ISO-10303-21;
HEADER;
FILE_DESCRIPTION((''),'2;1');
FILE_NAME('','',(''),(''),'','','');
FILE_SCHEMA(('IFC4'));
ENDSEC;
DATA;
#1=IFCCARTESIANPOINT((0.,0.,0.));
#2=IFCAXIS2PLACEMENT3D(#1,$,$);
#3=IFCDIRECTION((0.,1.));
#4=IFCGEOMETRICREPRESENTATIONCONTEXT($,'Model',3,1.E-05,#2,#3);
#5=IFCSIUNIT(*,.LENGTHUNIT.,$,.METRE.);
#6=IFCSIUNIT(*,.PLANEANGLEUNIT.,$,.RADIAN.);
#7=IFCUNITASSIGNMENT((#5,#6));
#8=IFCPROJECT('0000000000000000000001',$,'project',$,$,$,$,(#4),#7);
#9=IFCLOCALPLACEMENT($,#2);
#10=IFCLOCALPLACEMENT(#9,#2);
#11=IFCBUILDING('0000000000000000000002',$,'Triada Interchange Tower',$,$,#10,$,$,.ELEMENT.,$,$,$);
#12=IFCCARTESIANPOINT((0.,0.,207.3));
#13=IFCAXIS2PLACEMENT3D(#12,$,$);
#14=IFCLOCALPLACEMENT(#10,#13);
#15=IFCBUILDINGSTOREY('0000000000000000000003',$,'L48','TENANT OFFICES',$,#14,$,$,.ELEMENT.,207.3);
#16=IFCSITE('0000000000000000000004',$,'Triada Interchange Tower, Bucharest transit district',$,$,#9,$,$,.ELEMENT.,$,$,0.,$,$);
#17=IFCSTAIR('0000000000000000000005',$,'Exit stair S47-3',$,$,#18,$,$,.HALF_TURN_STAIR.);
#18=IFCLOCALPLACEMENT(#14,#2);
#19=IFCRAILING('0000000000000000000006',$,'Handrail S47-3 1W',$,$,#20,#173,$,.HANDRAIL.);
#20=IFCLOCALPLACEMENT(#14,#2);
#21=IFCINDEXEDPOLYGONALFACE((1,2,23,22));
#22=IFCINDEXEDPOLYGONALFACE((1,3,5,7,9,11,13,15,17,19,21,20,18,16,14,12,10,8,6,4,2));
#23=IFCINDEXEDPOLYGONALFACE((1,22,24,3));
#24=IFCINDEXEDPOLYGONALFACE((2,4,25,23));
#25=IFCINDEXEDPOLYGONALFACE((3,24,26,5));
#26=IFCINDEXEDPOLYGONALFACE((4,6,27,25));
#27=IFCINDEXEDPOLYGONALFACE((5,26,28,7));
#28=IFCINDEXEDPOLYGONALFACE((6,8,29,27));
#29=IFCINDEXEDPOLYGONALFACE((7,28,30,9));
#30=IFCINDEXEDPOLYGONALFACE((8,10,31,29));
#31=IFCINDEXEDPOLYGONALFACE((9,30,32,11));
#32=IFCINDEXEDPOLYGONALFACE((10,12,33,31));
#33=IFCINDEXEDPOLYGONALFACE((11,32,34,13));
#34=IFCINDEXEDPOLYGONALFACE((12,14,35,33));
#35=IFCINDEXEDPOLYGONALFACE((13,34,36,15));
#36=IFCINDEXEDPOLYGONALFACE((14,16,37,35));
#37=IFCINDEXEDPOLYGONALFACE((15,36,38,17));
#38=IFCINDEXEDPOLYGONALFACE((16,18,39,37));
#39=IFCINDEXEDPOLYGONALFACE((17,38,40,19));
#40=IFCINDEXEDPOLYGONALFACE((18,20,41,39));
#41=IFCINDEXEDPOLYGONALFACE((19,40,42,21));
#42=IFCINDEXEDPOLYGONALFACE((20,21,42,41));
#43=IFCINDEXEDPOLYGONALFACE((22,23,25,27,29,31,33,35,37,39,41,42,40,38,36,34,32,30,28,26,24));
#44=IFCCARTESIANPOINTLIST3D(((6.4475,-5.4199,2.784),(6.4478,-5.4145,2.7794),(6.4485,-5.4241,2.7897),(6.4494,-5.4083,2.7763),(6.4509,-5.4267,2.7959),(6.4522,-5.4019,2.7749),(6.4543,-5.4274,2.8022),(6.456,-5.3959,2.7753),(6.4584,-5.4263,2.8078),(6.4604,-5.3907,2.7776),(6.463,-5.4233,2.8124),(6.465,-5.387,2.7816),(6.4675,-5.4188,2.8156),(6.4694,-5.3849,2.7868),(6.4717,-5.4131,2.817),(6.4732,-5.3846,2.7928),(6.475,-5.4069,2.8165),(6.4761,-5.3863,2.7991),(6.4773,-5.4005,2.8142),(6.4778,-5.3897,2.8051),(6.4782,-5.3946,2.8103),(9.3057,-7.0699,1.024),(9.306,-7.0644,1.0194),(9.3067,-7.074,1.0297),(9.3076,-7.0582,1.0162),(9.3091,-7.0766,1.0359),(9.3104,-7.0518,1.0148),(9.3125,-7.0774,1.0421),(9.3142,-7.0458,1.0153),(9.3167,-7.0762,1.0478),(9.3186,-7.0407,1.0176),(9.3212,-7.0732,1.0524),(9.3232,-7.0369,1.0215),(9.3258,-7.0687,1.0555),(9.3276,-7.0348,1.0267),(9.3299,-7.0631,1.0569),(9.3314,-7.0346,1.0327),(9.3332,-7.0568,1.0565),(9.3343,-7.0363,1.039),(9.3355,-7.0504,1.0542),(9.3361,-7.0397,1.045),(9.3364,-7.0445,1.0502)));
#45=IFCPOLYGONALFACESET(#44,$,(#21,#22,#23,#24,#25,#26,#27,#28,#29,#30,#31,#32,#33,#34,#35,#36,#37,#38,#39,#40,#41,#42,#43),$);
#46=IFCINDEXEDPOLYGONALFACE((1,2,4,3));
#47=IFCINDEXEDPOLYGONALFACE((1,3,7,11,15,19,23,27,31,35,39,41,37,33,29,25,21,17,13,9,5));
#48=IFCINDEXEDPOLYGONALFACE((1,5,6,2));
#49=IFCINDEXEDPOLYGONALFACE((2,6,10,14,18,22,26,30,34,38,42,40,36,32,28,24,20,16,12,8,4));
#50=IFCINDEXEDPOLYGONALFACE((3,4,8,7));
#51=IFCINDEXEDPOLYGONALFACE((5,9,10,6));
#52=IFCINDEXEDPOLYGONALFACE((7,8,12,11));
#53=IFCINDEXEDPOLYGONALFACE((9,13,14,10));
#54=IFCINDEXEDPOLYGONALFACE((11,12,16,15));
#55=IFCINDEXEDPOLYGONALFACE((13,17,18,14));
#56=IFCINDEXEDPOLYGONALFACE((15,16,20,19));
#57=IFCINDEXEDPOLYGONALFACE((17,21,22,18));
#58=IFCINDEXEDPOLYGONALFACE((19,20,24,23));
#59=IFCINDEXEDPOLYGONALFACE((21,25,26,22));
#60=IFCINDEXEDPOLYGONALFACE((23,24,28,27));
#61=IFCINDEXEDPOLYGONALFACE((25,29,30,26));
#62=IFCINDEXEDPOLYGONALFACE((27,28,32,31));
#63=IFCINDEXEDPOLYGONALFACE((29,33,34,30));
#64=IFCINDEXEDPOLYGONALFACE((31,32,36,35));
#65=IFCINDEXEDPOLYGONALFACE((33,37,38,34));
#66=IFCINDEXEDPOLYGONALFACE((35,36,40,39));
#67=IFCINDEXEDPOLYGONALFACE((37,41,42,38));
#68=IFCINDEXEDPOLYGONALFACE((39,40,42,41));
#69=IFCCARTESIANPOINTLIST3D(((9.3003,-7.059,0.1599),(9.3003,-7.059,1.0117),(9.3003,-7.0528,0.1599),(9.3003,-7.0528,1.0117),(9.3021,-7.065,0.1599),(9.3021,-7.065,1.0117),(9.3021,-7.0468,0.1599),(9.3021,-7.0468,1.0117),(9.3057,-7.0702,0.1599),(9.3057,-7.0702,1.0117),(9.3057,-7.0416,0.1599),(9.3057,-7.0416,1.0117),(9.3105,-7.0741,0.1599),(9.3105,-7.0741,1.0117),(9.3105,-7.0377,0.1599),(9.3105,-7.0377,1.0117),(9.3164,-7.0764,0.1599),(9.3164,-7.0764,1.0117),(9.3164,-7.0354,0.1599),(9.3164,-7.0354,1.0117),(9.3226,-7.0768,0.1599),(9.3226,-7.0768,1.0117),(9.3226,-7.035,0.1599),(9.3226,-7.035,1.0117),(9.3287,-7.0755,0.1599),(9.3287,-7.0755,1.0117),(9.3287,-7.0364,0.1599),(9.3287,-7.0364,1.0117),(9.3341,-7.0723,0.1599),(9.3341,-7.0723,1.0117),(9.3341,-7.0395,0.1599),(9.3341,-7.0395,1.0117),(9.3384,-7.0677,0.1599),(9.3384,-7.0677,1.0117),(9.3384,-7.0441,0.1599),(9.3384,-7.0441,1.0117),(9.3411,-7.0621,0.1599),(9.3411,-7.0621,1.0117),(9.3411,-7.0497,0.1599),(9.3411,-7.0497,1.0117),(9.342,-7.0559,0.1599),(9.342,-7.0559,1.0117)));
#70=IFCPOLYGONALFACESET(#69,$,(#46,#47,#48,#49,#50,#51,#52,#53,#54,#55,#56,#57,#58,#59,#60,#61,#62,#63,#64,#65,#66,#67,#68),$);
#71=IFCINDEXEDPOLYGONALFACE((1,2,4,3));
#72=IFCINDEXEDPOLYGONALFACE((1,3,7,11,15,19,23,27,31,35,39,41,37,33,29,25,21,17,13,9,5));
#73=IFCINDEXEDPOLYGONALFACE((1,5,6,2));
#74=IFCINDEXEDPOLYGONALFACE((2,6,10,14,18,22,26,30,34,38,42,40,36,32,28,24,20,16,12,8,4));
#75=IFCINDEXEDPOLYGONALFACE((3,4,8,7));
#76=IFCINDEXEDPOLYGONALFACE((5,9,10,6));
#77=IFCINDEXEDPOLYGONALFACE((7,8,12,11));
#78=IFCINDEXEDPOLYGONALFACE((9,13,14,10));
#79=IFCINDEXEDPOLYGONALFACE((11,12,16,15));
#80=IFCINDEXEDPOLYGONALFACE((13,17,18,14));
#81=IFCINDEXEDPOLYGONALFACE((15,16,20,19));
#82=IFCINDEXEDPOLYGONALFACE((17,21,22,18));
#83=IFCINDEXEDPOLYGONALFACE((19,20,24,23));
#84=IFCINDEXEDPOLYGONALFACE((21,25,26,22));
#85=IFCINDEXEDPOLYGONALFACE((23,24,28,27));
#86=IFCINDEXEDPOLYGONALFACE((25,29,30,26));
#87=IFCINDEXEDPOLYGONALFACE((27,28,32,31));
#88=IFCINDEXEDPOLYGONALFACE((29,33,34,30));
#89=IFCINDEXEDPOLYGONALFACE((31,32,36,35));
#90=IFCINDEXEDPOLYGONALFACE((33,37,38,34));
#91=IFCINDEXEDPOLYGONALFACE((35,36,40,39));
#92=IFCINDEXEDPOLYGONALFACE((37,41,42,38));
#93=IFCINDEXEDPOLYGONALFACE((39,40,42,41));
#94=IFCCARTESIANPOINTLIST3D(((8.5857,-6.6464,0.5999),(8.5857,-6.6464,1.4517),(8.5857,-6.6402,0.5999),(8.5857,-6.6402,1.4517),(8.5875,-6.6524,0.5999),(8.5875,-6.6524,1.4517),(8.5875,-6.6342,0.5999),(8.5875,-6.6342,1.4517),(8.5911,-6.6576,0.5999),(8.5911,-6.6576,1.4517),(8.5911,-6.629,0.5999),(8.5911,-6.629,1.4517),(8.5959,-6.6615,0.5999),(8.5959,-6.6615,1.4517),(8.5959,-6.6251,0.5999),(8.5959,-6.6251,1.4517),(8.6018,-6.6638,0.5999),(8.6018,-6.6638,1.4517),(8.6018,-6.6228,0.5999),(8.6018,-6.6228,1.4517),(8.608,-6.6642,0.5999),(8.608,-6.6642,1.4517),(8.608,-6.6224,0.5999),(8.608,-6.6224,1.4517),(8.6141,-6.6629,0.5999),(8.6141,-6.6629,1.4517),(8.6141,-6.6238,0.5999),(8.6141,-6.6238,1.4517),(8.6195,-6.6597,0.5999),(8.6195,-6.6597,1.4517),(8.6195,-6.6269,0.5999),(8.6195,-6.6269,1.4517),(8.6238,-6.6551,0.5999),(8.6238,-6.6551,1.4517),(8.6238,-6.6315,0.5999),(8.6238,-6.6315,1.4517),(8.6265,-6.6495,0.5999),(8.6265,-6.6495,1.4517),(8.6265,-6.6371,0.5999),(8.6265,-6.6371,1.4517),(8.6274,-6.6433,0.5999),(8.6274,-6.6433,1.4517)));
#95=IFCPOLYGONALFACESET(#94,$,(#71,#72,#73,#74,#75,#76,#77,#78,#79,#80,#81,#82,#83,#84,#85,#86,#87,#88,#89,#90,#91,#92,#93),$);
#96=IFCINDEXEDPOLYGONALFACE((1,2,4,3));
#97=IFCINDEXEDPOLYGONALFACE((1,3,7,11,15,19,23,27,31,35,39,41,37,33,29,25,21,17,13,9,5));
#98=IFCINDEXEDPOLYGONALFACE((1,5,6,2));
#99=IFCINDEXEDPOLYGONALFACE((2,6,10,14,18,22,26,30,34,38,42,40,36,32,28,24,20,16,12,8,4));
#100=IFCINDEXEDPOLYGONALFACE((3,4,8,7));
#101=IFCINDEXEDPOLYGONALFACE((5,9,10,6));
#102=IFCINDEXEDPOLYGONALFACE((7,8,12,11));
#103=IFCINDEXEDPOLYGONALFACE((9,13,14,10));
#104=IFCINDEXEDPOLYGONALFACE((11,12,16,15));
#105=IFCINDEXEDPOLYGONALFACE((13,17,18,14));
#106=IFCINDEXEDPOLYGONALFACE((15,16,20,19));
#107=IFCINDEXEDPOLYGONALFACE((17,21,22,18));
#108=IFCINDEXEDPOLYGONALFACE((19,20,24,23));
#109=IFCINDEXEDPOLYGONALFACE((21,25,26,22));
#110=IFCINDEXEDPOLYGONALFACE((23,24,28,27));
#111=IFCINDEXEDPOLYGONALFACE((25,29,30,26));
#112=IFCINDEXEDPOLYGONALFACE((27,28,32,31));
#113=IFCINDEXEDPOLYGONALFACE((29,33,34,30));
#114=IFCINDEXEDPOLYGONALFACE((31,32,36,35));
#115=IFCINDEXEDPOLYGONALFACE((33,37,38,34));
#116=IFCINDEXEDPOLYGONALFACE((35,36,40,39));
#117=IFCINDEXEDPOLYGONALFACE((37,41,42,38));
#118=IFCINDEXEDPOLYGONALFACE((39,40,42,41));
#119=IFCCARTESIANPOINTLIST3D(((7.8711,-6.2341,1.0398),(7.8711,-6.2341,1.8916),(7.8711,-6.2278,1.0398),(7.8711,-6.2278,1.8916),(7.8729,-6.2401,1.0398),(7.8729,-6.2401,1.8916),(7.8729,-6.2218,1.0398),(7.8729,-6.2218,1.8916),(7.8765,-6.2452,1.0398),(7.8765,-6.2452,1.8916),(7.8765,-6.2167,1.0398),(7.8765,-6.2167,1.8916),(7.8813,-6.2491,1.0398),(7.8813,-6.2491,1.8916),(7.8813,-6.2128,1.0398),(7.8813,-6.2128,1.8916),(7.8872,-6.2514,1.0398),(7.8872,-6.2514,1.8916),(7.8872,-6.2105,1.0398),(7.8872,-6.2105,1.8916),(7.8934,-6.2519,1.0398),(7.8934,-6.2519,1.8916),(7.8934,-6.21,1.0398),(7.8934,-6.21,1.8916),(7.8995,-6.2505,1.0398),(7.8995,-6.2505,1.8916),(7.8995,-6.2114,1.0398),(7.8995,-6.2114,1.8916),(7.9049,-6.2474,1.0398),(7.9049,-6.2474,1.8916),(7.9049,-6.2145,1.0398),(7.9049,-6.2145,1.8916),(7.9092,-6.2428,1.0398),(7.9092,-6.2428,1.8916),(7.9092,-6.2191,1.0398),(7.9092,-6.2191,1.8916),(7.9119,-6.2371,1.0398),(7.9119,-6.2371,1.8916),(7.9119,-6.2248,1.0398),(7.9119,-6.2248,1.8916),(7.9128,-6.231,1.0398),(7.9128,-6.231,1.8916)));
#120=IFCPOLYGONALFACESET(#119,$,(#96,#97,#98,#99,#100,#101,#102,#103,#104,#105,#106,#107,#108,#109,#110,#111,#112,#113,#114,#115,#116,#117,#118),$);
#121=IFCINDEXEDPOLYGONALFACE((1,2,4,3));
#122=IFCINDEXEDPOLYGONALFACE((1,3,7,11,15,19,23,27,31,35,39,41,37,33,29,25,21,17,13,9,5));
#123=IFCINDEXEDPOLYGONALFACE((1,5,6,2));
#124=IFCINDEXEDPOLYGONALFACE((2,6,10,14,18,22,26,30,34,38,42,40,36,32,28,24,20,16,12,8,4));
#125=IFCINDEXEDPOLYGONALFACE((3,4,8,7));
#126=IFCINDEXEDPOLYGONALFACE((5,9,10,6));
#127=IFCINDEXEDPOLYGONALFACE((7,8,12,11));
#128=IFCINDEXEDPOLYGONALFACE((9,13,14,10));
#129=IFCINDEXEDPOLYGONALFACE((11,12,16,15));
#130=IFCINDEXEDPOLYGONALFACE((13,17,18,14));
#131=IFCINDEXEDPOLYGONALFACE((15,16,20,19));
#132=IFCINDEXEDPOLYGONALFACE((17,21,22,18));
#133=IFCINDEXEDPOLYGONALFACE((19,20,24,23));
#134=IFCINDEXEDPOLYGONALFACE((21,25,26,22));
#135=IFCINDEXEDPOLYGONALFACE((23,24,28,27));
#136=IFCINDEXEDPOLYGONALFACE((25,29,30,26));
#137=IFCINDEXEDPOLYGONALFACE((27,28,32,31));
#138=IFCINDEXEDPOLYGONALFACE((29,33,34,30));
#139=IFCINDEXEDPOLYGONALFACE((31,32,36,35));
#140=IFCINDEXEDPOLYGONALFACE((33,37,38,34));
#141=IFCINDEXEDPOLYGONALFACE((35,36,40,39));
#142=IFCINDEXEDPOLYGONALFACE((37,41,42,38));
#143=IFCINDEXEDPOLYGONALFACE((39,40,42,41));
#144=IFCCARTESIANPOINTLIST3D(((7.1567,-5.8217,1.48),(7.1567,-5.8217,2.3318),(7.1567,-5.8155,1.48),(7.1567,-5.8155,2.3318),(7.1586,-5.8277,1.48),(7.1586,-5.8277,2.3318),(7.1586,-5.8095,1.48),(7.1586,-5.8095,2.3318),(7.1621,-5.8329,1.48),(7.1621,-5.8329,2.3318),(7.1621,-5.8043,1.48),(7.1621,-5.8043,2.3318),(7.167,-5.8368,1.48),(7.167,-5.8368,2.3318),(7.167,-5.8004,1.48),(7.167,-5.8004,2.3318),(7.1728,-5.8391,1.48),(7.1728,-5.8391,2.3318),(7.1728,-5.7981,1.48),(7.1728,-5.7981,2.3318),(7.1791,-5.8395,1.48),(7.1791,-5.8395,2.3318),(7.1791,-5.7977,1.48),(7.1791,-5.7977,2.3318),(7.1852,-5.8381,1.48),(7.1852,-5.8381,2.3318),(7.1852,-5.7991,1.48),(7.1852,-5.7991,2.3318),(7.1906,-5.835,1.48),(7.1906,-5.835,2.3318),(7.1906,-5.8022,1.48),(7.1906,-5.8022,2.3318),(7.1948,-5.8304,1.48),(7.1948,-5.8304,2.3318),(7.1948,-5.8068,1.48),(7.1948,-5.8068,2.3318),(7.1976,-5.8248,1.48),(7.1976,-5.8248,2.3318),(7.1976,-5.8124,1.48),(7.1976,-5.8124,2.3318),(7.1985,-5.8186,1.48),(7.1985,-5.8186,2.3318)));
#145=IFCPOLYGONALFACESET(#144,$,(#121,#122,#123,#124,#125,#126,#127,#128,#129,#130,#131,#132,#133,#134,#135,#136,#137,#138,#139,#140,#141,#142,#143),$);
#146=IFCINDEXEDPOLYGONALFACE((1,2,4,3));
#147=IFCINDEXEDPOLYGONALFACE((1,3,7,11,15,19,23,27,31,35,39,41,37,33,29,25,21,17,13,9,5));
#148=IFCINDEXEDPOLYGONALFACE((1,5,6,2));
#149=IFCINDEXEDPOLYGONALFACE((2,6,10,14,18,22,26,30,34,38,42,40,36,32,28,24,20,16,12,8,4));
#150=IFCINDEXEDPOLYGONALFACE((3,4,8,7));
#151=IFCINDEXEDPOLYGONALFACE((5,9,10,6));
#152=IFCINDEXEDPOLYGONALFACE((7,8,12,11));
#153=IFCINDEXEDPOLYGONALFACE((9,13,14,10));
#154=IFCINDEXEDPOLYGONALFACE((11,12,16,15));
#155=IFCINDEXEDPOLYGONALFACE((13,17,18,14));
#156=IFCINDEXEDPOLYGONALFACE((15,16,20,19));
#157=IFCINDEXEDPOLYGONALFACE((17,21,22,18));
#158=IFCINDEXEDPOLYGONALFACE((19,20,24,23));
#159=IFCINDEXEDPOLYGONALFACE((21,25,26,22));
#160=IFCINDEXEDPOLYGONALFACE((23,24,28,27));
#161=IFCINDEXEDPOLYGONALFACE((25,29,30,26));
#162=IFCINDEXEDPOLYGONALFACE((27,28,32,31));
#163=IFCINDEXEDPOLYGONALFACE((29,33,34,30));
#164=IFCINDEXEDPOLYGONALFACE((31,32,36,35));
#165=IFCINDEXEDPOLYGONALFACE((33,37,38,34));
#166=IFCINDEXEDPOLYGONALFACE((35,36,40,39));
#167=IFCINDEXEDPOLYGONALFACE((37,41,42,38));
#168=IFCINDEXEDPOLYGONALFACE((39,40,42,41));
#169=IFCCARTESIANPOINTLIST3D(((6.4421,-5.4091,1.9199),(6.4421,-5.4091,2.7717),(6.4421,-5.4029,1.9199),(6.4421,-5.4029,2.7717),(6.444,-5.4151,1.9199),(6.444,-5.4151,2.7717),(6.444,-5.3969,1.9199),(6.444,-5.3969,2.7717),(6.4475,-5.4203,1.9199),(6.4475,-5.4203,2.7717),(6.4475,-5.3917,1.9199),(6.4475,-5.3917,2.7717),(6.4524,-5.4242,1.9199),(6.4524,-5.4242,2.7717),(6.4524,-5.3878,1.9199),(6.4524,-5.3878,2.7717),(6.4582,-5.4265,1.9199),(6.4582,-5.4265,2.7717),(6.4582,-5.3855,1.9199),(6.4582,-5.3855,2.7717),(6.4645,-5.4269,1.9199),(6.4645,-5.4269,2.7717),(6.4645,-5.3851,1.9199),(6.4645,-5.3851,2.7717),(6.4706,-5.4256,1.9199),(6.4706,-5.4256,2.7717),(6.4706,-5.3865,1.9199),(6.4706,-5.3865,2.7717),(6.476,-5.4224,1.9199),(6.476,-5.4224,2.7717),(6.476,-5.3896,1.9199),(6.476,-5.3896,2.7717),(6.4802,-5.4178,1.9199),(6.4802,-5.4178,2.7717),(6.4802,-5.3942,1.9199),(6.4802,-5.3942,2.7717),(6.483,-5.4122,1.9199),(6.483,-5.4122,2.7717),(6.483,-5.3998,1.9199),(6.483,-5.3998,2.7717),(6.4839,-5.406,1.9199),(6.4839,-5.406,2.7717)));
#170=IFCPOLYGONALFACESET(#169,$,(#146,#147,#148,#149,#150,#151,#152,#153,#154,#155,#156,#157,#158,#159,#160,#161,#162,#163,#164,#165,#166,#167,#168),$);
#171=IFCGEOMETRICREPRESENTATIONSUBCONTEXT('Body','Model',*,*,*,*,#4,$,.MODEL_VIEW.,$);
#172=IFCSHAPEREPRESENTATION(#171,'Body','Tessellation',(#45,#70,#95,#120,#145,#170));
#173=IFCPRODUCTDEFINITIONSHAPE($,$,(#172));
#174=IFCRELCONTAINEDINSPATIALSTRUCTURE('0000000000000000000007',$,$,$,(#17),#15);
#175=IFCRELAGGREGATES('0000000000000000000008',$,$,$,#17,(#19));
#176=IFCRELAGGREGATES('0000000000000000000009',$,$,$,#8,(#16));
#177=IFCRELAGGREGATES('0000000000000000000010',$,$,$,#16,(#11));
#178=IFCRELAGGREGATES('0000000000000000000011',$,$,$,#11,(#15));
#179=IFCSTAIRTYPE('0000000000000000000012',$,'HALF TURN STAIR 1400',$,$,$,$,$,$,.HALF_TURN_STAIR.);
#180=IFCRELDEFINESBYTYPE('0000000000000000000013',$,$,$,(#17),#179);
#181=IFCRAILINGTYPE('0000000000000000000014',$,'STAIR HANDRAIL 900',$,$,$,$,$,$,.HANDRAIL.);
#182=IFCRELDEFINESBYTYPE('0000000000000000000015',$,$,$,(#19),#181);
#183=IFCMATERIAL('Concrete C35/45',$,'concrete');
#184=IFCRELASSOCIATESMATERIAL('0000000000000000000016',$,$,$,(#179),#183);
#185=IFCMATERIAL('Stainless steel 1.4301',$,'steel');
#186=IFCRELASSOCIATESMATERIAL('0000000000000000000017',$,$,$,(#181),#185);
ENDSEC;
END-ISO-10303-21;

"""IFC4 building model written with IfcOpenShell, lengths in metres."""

from ifc_helpers import new_model, si_unit, direction, frame, origin, origin_2d, place, context, subcontext, project, spatial, circle, extrude, material, type_object, element, aggregate, save


model = new_model("IFC4")

# Units and contexts
model_context = context("Model", 3, precision=1e-05, world=origin(), true_north=direction((0.0, 1.0)))
body_context = subcontext(model_context, "Body", "Model", "MODEL_VIEW")
ifc_project = project(units=[si_unit("LENGTHUNIT", "METRE"), si_unit("PLANEANGLEUNIT", "RADIAN")], contexts=[model_context])

# Site, building, storey
site_placement = place(None, origin())
site = spatial("IfcSite", under=ifc_project, at=site_placement, Name="Triada Interchange Tower, Bucharest transit district", CompositionType="ELEMENT", RefElevation=0.0)
building_placement = place(site_placement, origin())
building = spatial("IfcBuilding", under=site, at=building_placement, Name="Triada Interchange Tower", CompositionType="ELEMENT")
storey_placement = place(building_placement, frame((0.0, 0.0, 207.3)))
storey = spatial("IfcBuildingStorey", under=building, at=storey_placement, Name="L48", Description="TENANT OFFICES", CompositionType="ELEMENT", Elevation=207.3)

# Stair, railing
ifc_material_1 = material(Name="Concrete C35/45", Category="concrete")
stair_type = type_object("IfcStairType", Name="HALF TURN STAIR 1400", PredefinedType="HALF_TURN_STAIR", material=ifc_material_1)
stair_placement = place(storey_placement, origin())
stair = element("IfcStair", 1, at=stair_placement, inside=storey, type_object=stair_type, Name="Exit stair S47-3", PredefinedType="HALF_TURN_STAIR")
ifc_material_2 = material(Name="Stainless steel 1.4301", Category="steel")
railing_type = type_object("IfcRailingType", Name="STAIR HANDRAIL 900", PredefinedType="HANDRAIL", material=ifc_material_2)
railing_1_placement = place(storey_placement, frame((9.321, -7.0559, 0.1599)))
railing_1 = element("IfcRailing", 2, at=railing_1_placement, type_object=railing_type, Name="Handrail S47-3 1W", PredefinedType="HANDRAIL", context=body_context, shape_type="SweptSolid", body=[
    extrude(circle(Radius=0.0239, at=origin_2d()), frame((0.0, 0.0, 0.876), z_axis=(-0.764178, 0.441131, 0.47057), x_axis=(-0.499942, -0.866059, 0.0)), (0.0, 0.0, 1.0), 3.7402),
    extrude(circle(Radius=0.021, at=origin_2d()), origin(), (0.0, 0.0, 1.0), 0.8518),
    extrude(circle(Radius=0.021, at=origin_2d()), frame((-0.7146, 0.4126, 0.4399)), (0.0, 0.0, 1.0), 0.8518),
    extrude(circle(Radius=0.021, at=origin_2d()), frame((-1.4292, 0.825, 0.8799)), (0.0, 0.0, 1.0), 0.8518),
    extrude(circle(Radius=0.021, at=origin_2d()), frame((-2.1436, 1.2373, 1.3201)), (0.0, 0.0, 1.0), 0.8518),
    extrude(circle(Radius=0.021, at=origin_2d()), frame((-2.8582, 1.6499, 1.76)), (0.0, 0.0, 1.0), 0.8518),
])
aggregate(stair, [railing_1])

save(model, "model.ifc")
